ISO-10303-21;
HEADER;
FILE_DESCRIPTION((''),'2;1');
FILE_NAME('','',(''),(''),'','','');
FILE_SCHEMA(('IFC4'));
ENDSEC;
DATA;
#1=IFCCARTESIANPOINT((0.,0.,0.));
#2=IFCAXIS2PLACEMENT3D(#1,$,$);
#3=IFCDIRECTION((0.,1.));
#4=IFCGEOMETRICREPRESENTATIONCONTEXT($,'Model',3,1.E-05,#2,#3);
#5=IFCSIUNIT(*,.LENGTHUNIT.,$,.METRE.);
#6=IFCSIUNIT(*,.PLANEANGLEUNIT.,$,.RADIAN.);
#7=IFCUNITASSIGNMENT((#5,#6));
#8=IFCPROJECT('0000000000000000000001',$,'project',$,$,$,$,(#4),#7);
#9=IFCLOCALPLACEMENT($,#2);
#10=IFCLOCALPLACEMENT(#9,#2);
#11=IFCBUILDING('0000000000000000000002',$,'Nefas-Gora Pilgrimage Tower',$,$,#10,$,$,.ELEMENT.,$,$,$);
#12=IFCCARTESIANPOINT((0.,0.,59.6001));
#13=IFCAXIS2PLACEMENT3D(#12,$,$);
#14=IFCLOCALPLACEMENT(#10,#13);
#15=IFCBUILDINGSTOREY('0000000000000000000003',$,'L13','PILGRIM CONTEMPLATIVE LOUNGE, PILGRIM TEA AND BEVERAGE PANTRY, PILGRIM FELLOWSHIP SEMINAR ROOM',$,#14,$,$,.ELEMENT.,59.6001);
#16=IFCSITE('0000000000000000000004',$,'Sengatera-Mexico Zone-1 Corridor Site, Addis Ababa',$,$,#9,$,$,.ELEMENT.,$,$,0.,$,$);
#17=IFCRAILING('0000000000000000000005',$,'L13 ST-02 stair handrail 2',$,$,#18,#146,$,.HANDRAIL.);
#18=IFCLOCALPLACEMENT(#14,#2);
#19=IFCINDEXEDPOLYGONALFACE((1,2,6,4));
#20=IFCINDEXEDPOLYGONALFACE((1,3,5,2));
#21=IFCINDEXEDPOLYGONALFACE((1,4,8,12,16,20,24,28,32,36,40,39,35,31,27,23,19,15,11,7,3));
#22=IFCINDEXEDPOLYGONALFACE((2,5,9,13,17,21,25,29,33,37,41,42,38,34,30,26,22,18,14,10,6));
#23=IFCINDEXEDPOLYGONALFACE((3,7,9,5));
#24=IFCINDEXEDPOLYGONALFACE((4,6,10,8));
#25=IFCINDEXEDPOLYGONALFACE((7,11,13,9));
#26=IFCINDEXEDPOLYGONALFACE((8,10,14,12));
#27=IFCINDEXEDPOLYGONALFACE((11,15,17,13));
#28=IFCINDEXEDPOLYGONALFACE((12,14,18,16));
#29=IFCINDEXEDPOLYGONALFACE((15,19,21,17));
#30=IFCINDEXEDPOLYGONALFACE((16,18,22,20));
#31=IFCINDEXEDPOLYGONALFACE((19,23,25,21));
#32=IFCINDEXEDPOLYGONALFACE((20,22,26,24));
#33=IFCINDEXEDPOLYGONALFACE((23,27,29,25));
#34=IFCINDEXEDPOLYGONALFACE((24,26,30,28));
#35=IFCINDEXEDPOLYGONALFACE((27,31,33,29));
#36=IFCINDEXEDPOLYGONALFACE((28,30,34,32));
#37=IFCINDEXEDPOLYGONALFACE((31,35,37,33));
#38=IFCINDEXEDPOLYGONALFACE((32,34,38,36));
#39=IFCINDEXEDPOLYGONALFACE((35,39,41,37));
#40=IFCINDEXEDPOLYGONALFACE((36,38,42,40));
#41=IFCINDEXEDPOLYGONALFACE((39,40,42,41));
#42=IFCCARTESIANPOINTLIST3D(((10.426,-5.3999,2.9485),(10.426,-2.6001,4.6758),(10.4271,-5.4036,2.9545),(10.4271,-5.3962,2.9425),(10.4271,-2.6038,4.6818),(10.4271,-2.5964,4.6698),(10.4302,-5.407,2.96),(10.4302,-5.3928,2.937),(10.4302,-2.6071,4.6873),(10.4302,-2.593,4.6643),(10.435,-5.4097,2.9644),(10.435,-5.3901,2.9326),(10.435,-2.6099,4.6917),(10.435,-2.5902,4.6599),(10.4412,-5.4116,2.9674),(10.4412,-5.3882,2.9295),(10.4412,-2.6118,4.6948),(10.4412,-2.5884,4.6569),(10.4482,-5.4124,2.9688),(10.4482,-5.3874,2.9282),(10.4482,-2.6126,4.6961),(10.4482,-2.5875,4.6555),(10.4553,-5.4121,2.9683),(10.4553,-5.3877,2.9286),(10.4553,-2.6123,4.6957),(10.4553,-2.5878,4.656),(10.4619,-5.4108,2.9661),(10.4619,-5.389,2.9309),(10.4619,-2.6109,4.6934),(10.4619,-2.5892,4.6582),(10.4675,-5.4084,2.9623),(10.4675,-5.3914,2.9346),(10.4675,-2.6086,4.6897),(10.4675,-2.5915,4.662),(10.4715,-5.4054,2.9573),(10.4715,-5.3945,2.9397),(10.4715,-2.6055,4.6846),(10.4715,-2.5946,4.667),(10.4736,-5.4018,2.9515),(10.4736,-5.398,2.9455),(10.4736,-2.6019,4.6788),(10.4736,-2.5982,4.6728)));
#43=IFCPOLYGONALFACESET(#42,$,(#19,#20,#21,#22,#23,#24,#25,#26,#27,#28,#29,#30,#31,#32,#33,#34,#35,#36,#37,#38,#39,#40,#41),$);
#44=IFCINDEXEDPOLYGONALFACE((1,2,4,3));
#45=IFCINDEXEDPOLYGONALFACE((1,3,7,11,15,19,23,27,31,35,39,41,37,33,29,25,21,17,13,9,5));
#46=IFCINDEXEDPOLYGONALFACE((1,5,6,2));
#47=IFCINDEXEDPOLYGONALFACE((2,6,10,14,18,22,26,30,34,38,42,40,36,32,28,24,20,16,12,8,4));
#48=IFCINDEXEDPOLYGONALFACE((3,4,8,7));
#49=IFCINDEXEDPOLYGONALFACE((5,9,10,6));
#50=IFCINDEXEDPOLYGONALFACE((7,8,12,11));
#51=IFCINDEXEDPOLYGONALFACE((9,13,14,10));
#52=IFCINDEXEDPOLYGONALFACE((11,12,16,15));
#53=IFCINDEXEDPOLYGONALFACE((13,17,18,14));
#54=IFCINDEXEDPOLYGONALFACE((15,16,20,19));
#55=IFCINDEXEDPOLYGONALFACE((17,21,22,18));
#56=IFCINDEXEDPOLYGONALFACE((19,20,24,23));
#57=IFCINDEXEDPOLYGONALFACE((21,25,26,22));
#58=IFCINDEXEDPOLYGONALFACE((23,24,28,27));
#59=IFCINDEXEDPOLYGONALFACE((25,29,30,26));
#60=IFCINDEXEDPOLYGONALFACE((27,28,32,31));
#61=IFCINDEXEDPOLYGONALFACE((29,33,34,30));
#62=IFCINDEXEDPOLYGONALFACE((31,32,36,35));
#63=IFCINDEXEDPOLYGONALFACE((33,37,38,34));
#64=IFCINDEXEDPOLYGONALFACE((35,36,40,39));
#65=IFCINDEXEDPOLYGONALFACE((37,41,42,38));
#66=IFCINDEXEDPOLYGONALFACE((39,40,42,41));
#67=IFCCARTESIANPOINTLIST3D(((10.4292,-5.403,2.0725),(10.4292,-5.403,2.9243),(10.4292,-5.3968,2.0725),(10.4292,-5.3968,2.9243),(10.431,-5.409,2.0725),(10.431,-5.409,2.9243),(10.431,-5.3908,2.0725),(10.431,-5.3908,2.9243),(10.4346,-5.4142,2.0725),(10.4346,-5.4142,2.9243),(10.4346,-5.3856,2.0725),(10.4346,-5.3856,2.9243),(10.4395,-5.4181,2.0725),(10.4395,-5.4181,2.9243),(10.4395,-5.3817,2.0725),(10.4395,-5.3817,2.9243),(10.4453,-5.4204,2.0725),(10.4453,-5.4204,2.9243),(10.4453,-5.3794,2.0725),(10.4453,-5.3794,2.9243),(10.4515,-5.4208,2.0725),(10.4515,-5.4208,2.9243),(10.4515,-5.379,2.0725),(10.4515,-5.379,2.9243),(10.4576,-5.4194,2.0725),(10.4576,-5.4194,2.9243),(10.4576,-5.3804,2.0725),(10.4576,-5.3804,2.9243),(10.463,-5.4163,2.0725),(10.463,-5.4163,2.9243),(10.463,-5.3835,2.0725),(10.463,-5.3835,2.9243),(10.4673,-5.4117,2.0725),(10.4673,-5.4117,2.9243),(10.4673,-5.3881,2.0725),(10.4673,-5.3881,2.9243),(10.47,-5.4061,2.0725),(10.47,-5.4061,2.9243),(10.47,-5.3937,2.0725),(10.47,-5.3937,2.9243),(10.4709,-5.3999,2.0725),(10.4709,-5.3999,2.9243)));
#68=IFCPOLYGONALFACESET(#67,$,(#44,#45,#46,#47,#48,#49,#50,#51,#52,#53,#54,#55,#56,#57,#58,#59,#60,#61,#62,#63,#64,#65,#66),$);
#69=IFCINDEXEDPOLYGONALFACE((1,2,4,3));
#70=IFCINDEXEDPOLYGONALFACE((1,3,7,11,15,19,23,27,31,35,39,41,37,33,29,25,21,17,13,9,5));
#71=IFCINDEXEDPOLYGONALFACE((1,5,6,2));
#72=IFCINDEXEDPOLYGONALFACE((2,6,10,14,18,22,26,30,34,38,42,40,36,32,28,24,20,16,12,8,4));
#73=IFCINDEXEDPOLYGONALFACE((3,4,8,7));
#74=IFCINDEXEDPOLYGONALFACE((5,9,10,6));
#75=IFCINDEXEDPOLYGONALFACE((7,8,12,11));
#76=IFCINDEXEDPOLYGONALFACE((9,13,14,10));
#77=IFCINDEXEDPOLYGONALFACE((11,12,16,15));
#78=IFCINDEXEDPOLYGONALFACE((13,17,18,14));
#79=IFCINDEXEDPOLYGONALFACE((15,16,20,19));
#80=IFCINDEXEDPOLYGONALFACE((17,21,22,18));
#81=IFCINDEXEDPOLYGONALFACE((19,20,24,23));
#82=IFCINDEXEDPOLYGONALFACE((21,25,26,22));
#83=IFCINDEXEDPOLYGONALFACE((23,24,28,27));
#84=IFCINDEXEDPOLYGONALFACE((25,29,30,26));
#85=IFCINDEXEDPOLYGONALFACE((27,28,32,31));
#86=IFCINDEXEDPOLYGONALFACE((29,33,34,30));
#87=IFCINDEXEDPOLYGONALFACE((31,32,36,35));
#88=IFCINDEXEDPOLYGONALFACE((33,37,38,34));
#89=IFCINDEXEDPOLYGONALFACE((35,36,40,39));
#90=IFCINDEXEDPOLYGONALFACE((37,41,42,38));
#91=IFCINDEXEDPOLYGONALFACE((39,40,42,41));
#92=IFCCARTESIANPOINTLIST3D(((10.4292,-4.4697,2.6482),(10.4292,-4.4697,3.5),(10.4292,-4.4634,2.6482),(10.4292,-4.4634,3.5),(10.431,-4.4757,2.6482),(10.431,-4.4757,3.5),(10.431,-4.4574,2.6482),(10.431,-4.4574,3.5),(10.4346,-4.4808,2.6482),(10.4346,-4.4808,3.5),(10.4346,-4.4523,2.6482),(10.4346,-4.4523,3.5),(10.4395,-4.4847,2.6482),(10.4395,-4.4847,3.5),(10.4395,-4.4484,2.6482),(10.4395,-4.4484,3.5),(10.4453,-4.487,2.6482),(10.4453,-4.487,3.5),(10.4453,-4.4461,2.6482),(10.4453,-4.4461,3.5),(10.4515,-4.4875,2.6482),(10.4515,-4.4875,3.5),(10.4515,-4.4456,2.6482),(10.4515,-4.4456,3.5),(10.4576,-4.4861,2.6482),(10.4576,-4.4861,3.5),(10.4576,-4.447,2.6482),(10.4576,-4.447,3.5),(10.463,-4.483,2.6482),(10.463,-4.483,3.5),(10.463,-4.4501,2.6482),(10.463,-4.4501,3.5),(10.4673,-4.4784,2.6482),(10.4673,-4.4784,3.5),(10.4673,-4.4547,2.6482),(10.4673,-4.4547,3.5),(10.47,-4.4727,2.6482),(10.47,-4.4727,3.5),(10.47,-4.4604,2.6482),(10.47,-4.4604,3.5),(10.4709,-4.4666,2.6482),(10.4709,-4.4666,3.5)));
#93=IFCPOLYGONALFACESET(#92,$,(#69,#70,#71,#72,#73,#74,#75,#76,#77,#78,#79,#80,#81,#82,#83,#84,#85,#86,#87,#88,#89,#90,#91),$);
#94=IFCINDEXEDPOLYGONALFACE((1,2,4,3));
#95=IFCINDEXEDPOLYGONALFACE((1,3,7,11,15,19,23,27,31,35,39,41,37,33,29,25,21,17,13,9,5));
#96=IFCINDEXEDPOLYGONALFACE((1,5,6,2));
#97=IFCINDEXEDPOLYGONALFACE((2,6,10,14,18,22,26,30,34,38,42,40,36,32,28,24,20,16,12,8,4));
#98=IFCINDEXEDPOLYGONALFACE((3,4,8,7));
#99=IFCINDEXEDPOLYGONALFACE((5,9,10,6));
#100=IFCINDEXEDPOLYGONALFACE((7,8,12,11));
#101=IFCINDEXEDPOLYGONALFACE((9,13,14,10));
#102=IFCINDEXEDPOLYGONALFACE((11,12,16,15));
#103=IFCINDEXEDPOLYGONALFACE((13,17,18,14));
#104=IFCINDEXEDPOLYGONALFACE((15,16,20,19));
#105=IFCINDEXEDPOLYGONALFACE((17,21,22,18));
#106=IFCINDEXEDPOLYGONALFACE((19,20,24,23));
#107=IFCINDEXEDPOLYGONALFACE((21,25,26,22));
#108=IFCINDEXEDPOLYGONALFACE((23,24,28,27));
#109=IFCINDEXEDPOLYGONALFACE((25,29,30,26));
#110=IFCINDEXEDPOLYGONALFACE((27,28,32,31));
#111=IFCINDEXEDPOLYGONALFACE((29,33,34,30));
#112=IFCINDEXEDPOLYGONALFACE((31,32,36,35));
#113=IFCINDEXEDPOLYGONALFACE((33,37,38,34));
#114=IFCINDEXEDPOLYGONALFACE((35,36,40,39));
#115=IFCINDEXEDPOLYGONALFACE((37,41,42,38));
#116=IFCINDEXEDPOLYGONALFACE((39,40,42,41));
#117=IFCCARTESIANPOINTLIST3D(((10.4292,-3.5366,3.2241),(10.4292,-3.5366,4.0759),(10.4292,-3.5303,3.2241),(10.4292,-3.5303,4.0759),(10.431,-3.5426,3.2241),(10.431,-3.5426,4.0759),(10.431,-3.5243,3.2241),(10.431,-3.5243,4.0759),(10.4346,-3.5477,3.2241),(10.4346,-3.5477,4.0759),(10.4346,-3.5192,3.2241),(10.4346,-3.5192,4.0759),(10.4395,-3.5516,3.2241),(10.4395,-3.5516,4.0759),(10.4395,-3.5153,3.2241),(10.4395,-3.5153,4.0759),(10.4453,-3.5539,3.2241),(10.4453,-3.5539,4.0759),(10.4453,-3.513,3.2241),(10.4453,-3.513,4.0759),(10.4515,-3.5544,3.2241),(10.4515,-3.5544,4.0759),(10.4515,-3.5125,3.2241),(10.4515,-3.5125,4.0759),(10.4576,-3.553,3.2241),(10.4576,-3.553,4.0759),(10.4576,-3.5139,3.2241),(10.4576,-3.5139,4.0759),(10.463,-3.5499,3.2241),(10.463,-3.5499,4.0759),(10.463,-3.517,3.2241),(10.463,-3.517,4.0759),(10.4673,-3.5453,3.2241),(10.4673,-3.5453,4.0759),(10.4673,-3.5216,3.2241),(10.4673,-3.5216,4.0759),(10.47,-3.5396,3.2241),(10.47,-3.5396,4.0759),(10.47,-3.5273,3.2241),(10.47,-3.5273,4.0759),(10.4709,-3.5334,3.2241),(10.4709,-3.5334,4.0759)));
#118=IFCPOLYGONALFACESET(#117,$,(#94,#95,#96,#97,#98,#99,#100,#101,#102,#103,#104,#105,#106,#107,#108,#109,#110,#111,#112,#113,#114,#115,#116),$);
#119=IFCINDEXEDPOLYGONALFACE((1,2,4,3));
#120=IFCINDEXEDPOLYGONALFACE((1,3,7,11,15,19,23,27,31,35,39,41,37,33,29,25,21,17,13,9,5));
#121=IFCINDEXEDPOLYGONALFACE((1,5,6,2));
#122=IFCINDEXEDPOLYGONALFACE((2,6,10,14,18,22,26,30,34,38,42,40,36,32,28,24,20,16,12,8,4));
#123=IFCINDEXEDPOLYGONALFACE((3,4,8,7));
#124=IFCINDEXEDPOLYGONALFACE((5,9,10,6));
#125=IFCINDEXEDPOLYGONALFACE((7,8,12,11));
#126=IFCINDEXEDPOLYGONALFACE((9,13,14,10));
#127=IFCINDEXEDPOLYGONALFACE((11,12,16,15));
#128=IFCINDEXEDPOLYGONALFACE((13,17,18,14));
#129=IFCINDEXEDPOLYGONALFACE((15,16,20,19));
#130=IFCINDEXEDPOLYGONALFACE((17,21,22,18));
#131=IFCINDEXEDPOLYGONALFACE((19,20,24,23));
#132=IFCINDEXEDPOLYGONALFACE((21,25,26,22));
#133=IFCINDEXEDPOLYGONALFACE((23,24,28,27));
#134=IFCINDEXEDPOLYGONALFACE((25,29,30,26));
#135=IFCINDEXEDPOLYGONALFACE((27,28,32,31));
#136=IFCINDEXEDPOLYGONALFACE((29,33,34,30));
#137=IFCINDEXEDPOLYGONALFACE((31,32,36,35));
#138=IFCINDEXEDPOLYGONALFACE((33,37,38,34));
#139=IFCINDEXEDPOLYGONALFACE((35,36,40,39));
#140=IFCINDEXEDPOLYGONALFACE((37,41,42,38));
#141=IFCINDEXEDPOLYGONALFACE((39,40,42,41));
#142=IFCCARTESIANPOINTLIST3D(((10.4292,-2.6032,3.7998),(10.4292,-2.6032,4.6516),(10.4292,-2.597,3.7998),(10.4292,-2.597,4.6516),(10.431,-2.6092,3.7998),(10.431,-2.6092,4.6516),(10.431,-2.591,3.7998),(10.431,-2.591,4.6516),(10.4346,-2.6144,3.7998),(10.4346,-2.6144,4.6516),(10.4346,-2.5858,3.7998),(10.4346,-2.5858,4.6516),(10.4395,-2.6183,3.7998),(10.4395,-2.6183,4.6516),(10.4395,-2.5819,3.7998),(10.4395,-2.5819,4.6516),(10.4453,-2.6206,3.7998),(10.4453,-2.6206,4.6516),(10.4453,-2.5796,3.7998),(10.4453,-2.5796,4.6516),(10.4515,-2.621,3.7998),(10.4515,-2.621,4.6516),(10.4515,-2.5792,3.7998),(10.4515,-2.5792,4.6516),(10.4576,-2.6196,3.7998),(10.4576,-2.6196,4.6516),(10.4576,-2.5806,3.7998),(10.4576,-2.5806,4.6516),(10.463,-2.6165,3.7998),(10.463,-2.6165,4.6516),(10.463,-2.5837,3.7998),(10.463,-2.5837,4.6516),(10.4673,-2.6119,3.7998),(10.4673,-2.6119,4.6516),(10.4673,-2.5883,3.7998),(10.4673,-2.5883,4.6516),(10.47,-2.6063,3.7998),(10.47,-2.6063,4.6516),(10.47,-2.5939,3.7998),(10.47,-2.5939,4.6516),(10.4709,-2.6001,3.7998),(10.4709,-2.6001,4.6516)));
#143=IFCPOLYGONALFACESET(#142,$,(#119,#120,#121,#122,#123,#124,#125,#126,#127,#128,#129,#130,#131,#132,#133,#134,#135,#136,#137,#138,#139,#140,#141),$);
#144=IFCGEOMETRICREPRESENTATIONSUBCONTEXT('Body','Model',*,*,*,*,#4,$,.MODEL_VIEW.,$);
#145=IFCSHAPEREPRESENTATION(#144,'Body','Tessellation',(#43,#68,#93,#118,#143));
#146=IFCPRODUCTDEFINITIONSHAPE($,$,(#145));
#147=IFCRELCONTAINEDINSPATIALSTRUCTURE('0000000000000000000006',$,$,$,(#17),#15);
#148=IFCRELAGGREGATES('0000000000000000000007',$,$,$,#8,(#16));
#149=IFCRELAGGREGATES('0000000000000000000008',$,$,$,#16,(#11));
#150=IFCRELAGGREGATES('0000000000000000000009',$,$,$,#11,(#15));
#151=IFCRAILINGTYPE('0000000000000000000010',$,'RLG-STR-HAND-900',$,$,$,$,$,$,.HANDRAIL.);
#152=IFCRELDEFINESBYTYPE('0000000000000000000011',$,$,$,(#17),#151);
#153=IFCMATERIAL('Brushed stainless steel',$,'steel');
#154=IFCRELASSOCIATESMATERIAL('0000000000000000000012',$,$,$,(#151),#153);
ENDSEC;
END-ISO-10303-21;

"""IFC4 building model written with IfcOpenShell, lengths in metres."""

from ifc_helpers import new_model, si_unit, direction, frame, origin, origin_2d, place, context, subcontext, project, spatial, circle, extrude, material, type_object, element, save


model = new_model("IFC4")

# Units and contexts
model_context = context("Model", 3, precision=1e-05, world=origin(), true_north=direction((0.0, 1.0)))
body_context = subcontext(model_context, "Body", "Model", "MODEL_VIEW")
ifc_project = project(units=[si_unit("LENGTHUNIT", "METRE"), si_unit("PLANEANGLEUNIT", "RADIAN")], contexts=[model_context])

# Site, building, storey
site_placement = place(None, origin())
site = spatial("IfcSite", under=ifc_project, at=site_placement, Name="Sengatera-Mexico Zone-1 Corridor Site, Addis Ababa", CompositionType="ELEMENT", RefElevation=0.0)
building_placement = place(site_placement, origin())
building = spatial("IfcBuilding", under=site, at=building_placement, Name="Nefas-Gora Pilgrimage Tower", CompositionType="ELEMENT")
storey_placement = place(building_placement, frame((0.0, 0.0, 59.6001)))
storey = spatial("IfcBuildingStorey", under=building, at=storey_placement, Name="L13", Description="PILGRIM CONTEMPLATIVE LOUNGE, PILGRIM TEA AND BEVERAGE PANTRY, PILGRIM FELLOWSHIP SEMINAR ROOM", CompositionType="ELEMENT", Elevation=59.6001)

# Railing
ifc_material_1 = material(Name="Brushed stainless steel", Category="steel")
railing_type_1 = type_object("IfcRailingType", Name="RLG-STR-HAND-900", PredefinedType="HANDRAIL", material=ifc_material_1)
railing_1_placement = place(storey_placement, frame((10.45, -5.3999, 2.0725)))
element("IfcRailing", 1, at=railing_1_placement, inside=storey, type_object=railing_type_1, Name="L13 ST-02 stair handrail 2", PredefinedType="HANDRAIL", context=body_context, shape_type="SweptSolid", body=[
    extrude(circle(Radius=0.0239, at=origin_2d()), frame((0.0, 0.0, 0.876), z_axis=(0.0, 0.851069, 0.525054), x_axis=(-1.0, 0.0, 0.0)), (0.0, 0.0, 1.0), 3.2898),
    extrude(circle(Radius=0.021, at=origin_2d()), origin(), (0.0, 0.0, 1.0), 0.8518),
    extrude(circle(Radius=0.021, at=origin_2d()), frame((0.0, 0.9333, 0.5757)), (0.0, 0.0, 1.0), 0.8518),
    extrude(circle(Radius=0.021, at=origin_2d()), frame((0.0, 1.8665, 1.1516)), (0.0, 0.0, 1.0), 0.8518),
    extrude(circle(Radius=0.021, at=origin_2d()), frame((0.0, 2.7998, 1.7273)), (0.0, 0.0, 1.0), 0.8518),
])

save(model, "model.ifc")
